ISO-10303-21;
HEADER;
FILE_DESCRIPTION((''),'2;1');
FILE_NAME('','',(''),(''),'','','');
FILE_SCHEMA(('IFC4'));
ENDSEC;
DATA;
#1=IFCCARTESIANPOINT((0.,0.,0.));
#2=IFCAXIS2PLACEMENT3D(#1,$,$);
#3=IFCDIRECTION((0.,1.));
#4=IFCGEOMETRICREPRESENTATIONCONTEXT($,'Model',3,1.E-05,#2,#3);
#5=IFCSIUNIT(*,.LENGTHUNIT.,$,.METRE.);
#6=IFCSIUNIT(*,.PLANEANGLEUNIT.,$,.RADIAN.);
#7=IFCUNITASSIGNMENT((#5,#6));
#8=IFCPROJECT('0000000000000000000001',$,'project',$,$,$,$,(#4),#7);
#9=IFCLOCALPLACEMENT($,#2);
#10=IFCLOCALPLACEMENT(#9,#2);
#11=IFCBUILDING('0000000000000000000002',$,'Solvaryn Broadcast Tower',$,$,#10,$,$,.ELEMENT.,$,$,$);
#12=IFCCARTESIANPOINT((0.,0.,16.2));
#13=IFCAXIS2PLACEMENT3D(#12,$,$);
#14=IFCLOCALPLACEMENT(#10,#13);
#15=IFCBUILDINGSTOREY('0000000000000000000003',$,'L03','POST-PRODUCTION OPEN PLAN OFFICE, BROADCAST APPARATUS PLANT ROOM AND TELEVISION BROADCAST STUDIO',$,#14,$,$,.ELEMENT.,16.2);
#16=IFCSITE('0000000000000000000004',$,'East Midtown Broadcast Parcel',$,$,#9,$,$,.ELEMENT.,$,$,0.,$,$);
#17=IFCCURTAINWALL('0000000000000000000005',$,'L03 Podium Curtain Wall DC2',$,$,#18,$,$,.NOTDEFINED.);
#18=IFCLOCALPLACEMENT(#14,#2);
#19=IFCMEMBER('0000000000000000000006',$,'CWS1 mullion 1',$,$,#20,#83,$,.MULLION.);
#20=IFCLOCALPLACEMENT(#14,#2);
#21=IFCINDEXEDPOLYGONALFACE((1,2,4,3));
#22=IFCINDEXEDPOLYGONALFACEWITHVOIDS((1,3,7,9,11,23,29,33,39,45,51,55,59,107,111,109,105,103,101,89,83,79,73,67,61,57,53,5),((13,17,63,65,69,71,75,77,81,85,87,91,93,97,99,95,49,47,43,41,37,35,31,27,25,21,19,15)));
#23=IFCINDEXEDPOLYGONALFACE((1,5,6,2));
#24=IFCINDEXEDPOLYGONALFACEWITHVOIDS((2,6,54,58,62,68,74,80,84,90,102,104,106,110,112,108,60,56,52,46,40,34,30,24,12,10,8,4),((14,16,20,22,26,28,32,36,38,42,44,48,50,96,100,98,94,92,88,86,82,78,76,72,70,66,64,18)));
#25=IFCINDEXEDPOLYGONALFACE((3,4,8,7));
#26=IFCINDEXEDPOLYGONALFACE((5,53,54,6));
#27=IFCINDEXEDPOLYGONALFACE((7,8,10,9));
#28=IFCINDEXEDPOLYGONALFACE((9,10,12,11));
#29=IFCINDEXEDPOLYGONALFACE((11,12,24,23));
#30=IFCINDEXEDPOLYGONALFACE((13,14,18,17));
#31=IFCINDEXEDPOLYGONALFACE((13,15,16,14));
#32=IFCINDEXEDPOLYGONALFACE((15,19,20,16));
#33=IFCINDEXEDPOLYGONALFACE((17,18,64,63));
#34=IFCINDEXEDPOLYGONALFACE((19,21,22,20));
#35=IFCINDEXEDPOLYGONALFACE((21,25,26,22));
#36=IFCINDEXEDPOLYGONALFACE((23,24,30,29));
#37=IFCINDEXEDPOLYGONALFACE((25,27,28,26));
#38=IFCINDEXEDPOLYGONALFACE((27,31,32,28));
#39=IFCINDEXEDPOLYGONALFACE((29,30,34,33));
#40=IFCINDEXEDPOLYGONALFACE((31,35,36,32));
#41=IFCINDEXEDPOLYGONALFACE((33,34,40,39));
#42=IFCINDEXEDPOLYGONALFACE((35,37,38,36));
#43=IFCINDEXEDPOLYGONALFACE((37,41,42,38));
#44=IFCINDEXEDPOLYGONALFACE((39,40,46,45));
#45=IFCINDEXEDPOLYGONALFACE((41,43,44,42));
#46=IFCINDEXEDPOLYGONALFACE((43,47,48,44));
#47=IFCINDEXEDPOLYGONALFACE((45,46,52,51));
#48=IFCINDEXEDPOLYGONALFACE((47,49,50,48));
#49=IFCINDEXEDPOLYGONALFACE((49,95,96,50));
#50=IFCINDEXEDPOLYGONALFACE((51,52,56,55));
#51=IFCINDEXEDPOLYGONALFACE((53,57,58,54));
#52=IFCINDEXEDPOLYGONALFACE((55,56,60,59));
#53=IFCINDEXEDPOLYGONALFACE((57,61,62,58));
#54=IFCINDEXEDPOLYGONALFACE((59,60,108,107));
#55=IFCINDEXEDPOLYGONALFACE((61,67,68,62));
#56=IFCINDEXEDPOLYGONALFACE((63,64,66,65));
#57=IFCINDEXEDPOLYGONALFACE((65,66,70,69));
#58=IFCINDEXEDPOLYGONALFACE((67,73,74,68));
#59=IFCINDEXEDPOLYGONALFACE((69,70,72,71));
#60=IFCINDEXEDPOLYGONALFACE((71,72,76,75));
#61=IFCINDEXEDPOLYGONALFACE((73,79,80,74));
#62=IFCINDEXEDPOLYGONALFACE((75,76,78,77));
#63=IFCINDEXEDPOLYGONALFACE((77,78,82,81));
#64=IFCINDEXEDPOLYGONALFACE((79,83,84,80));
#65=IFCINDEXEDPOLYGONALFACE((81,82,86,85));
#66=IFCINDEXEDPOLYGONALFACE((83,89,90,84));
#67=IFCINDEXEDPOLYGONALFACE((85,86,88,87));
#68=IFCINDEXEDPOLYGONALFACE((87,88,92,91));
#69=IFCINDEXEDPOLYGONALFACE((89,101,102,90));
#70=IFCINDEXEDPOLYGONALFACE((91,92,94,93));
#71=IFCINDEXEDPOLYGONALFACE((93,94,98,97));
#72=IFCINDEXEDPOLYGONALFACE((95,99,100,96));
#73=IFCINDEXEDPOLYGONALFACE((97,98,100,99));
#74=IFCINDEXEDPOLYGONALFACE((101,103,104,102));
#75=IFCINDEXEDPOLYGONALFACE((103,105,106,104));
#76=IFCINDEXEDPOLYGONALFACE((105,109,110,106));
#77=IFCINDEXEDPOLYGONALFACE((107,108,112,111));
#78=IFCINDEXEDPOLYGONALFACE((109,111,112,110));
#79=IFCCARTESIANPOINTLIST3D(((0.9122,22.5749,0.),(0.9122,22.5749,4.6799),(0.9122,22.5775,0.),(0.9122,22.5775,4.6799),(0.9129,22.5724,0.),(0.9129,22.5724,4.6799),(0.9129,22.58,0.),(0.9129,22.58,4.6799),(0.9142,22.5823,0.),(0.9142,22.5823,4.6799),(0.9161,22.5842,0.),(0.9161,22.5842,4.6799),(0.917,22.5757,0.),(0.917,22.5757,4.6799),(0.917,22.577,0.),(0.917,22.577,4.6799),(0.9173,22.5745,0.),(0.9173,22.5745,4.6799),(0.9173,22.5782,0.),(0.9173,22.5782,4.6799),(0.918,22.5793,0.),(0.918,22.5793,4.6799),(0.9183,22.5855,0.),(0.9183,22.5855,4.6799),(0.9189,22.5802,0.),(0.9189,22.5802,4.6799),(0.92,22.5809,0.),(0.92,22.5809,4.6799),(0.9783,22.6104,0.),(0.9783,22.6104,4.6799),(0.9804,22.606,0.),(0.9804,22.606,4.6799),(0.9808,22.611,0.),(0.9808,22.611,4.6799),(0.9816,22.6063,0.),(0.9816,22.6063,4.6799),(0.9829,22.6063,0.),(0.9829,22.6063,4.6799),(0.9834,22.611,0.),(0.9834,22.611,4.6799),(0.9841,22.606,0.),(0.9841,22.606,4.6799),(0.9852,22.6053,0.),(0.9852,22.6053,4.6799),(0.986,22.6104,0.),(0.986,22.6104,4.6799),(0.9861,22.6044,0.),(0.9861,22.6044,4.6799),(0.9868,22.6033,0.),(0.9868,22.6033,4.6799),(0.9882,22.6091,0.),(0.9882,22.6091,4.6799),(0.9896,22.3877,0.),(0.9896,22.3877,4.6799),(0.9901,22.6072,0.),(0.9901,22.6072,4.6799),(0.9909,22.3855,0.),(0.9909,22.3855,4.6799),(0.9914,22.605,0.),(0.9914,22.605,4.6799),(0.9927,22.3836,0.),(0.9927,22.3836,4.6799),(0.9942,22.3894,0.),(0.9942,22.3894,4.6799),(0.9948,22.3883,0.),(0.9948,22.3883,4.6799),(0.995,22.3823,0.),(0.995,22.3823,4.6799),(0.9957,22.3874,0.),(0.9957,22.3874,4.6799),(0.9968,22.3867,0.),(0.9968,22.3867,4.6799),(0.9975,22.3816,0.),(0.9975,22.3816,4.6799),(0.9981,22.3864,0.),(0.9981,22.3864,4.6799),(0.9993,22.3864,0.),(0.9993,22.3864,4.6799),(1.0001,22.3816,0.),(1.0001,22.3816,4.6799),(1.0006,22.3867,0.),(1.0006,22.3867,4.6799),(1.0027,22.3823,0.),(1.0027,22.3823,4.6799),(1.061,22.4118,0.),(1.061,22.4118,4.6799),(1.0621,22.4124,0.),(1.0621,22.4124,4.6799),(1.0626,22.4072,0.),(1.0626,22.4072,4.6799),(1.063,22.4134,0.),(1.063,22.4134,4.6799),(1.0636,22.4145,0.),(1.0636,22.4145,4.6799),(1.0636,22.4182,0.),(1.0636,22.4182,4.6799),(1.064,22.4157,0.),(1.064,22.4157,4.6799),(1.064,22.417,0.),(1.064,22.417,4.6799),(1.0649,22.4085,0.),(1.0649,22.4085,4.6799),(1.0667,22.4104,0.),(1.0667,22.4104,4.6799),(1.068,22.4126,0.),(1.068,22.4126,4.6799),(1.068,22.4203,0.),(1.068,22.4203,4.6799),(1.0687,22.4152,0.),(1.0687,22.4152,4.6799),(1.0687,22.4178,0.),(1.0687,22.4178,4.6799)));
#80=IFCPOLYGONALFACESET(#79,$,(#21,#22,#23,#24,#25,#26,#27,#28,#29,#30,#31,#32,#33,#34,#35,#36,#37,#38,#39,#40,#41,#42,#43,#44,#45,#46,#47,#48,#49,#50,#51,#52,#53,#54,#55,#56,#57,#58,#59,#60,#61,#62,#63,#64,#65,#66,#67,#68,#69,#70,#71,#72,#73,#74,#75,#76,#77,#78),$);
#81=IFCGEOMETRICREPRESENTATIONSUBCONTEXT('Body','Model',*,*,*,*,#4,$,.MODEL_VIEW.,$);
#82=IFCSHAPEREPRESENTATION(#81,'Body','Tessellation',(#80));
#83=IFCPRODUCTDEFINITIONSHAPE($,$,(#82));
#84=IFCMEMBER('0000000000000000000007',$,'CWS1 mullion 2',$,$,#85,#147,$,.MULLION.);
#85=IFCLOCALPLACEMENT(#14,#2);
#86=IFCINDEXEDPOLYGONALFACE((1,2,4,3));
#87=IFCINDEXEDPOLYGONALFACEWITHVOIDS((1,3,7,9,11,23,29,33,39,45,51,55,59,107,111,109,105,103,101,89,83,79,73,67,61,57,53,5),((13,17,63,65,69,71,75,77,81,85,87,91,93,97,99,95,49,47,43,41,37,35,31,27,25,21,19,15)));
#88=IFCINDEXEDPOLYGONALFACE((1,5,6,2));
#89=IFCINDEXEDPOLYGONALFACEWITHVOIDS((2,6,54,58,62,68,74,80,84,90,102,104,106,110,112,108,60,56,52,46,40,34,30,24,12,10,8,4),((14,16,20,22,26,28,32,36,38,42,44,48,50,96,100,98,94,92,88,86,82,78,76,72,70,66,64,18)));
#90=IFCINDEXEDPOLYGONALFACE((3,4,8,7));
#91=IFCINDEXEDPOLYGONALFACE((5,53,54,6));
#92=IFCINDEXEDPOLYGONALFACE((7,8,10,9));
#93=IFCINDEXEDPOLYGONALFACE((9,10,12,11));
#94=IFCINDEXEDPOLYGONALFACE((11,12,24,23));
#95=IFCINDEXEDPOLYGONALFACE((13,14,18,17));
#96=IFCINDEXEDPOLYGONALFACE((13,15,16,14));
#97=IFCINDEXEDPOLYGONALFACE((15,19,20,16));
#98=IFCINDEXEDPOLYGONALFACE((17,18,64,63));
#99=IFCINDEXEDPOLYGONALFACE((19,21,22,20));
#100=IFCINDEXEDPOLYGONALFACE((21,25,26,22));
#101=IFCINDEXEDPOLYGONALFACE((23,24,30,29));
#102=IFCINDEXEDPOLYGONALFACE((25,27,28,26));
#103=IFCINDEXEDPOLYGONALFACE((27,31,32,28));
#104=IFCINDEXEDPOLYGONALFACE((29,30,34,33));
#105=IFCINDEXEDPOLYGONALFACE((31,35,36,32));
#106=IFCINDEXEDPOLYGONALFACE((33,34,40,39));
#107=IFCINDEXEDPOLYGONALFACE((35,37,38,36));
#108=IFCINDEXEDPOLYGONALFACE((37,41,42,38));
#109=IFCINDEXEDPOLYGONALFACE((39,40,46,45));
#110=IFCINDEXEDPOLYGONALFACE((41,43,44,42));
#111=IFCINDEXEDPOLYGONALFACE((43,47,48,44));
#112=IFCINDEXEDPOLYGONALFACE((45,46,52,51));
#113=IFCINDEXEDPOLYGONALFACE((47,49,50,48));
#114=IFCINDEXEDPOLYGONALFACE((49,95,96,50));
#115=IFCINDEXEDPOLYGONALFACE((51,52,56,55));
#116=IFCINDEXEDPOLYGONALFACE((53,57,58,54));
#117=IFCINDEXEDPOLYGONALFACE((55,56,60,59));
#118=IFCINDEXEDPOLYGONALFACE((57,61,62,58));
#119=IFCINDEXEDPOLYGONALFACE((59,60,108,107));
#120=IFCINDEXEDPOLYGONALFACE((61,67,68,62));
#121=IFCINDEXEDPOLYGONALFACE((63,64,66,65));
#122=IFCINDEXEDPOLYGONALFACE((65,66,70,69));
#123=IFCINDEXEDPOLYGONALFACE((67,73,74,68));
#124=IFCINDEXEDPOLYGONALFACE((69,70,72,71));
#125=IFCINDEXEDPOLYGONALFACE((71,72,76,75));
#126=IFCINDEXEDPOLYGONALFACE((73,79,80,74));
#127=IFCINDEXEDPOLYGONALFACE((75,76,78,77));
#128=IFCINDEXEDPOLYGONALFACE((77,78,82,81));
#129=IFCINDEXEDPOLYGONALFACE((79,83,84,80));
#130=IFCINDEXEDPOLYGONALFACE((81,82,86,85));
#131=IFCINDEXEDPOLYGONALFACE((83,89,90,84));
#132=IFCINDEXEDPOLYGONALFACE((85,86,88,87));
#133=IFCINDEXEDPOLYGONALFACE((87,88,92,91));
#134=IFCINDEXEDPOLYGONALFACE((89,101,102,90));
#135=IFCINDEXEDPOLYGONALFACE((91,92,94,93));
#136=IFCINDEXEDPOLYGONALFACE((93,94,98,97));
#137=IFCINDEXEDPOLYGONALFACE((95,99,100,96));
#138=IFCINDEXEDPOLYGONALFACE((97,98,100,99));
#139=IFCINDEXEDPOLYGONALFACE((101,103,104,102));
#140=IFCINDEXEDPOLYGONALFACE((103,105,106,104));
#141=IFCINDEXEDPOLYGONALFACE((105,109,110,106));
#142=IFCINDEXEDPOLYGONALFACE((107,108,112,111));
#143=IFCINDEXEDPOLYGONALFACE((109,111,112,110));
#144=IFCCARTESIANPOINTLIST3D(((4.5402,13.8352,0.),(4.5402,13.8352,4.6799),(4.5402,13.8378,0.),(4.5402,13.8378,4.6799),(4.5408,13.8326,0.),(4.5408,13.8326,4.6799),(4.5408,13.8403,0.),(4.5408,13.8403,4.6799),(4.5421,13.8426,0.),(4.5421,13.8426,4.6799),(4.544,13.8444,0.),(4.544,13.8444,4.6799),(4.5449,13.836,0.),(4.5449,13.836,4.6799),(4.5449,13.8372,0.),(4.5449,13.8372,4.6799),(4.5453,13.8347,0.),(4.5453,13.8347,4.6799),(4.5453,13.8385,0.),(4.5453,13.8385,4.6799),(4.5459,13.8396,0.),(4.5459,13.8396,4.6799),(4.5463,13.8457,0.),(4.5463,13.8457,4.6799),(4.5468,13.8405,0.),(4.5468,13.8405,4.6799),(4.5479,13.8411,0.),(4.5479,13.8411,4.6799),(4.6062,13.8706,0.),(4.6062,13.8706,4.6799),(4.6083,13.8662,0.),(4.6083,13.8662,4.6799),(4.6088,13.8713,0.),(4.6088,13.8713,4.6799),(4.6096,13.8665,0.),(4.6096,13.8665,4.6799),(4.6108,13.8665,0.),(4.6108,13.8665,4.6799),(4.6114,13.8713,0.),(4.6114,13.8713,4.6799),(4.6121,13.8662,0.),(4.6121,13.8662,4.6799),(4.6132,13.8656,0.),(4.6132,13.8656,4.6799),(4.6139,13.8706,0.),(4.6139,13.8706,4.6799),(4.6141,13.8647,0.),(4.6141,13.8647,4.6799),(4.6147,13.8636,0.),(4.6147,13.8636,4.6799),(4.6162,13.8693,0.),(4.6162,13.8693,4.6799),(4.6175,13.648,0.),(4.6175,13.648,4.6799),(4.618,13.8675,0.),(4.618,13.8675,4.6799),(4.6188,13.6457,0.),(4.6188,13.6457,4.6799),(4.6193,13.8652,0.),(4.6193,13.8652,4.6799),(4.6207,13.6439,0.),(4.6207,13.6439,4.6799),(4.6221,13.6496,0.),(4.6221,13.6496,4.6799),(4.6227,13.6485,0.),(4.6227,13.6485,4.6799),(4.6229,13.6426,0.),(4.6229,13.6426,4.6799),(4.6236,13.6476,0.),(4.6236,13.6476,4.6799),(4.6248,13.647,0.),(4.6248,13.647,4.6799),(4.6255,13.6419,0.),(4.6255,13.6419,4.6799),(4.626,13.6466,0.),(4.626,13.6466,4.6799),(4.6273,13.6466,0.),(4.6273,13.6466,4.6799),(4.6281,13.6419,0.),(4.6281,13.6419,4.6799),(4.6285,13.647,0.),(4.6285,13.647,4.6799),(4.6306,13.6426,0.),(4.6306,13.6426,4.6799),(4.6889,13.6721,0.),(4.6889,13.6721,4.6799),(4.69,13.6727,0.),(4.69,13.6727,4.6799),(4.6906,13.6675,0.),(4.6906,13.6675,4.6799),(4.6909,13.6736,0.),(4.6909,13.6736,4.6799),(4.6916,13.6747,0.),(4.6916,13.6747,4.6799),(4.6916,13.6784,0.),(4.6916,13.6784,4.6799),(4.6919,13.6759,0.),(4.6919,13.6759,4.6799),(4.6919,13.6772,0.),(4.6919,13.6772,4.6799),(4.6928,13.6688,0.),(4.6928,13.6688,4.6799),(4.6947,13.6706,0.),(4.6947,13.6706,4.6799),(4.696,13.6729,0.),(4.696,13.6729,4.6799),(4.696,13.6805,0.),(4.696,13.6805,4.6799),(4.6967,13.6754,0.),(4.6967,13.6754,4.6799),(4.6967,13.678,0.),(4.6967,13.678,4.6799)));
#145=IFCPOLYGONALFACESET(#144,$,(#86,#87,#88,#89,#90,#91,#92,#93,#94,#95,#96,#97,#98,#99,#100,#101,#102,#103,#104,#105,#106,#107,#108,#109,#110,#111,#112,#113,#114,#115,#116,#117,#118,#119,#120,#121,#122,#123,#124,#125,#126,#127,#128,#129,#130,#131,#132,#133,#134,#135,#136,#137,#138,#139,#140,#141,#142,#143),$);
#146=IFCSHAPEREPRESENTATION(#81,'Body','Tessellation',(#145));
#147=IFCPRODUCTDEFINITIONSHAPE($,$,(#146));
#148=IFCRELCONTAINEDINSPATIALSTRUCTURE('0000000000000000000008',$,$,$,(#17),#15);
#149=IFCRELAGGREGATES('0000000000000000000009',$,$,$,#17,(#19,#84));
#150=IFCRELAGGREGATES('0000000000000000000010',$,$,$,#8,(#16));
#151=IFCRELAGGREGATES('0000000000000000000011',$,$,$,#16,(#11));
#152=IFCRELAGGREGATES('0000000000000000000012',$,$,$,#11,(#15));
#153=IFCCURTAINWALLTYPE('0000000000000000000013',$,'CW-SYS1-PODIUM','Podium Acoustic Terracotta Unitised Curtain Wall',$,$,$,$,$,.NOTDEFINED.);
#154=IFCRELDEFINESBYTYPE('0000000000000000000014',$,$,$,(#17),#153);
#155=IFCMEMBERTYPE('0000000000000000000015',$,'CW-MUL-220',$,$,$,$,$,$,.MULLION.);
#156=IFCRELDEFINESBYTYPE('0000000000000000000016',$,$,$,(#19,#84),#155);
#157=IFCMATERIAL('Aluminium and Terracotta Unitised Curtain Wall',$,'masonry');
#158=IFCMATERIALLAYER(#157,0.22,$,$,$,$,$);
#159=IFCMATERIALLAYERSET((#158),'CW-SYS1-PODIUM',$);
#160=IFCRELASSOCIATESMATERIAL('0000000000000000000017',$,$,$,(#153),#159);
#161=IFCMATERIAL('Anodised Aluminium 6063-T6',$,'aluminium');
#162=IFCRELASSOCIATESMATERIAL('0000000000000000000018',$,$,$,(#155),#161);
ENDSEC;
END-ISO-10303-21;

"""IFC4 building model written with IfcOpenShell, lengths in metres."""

from ifc_helpers import new_model, si_unit, direction, frame, origin, origin_2d, place, context, subcontext, project, spatial, hollow_rectangle, extrude, material, layer, layer_set, material_profile, profile_set, type_object, element, aggregate, save


model = new_model("IFC4")

# Units and contexts
model_context = context("Model", 3, precision=1e-05, world=origin(), true_north=direction((0.0, 1.0)))
body_context = subcontext(model_context, "Body", "Model", "MODEL_VIEW")
ifc_project = project(units=[si_unit("LENGTHUNIT", "METRE"), si_unit("PLANEANGLEUNIT", "RADIAN")], contexts=[model_context])

# Site, building, storey
site_placement = place(None, origin())
site = spatial("IfcSite", under=ifc_project, at=site_placement, Name="East Midtown Broadcast Parcel", CompositionType="ELEMENT", RefElevation=0.0)
building_placement = place(site_placement, origin())
building = spatial("IfcBuilding", under=site, at=building_placement, Name="Solvaryn Broadcast Tower", CompositionType="ELEMENT")
storey_placement = place(building_placement, frame((0.0, 0.0, 16.2)))
storey = spatial("IfcBuildingStorey", under=building, at=storey_placement, Name="L03", Description="POST-PRODUCTION OPEN PLAN OFFICE, BROADCAST APPARATUS PLANT ROOM AND TELEVISION BROADCAST STUDIO", CompositionType="ELEMENT", Elevation=16.2)

# Shared definitions
ifc_material_1 = material(Name="Aluminium and Terracotta Unitised Curtain Wall", Category="masonry")
ifc_layer_1 = layer(ifc_material_1, 0.22)
ifc_layer_set_1 = layer_set([ifc_layer_1], Name="CW-SYS1-PODIUM")
curtain_wall_type = type_object("IfcCurtainWallType", Name="CW-SYS1-PODIUM", Description="Podium Acoustic Terracotta Unitised Curtain Wall", PredefinedType="NOTDEFINED", material=ifc_layer_set_1)
ifc_material_2 = material(Name="Anodised Aluminium 6063-T6", Category="aluminium")
ifc_material_profile_1 = material_profile(ifc_material_2, hollow_rectangle(XDim=0.085, YDim=0.22, WallThickness=0.0049, InnerFilletRadius=0.0049, OuterFilletRadius=0.01, at=origin_2d()))
ifc_profile_set_1 = profile_set([ifc_material_profile_1], Name="Anodised Aluminium 6063-T6")
member_type_1 = type_object("IfcMemberType", Name="CW-MUL-220", PredefinedType="MULLION", material=ifc_profile_set_1)

# Curtain wall, members
curtain_wall_1_placement = place(storey_placement, origin())
curtain_wall_1 = element("IfcCurtainWall", 1, at=curtain_wall_1_placement, inside=storey, type_object=curtain_wall_type, Name="L03 Podium Curtain Wall DC2", PredefinedType="NOTDEFINED")
member_1_placement = place(storey_placement, frame((0.9905, 22.4963, 0.0), z_axis=(0.0, 0.0, 1.0), x_axis=(0.923583, 0.3834, 0.0)))
member_1 = element("IfcMember", 2, at=member_1_placement, type_object=member_type_1, Name="CWS1 mullion 1", PredefinedType="MULLION", context=body_context, shape_type="SweptSolid", body=[
    extrude(hollow_rectangle(XDim=0.085, YDim=0.22, WallThickness=0.0049, InnerFilletRadius=0.0049, OuterFilletRadius=0.01, at=origin_2d()), origin(), (0.0, 0.0, 1.0), 4.6799),
])
member_2_placement = place(storey_placement, frame((4.6184, 13.7566, 0.0), z_axis=(0.0, 0.0, 1.0), x_axis=(0.923583, 0.3834, 0.0)))
member_2 = element("IfcMember", 3, at=member_2_placement, type_object=member_type_1, Name="CWS1 mullion 2", PredefinedType="MULLION", context=body_context, shape_type="SweptSolid", body=[
    extrude(hollow_rectangle(XDim=0.085, YDim=0.22, WallThickness=0.0049, InnerFilletRadius=0.0049, OuterFilletRadius=0.01, at=origin_2d()), origin(), (0.0, 0.0, 1.0), 4.6799),
])

aggregate(curtain_wall_1, [member_1, member_2])

save(model, "model.ifc")
